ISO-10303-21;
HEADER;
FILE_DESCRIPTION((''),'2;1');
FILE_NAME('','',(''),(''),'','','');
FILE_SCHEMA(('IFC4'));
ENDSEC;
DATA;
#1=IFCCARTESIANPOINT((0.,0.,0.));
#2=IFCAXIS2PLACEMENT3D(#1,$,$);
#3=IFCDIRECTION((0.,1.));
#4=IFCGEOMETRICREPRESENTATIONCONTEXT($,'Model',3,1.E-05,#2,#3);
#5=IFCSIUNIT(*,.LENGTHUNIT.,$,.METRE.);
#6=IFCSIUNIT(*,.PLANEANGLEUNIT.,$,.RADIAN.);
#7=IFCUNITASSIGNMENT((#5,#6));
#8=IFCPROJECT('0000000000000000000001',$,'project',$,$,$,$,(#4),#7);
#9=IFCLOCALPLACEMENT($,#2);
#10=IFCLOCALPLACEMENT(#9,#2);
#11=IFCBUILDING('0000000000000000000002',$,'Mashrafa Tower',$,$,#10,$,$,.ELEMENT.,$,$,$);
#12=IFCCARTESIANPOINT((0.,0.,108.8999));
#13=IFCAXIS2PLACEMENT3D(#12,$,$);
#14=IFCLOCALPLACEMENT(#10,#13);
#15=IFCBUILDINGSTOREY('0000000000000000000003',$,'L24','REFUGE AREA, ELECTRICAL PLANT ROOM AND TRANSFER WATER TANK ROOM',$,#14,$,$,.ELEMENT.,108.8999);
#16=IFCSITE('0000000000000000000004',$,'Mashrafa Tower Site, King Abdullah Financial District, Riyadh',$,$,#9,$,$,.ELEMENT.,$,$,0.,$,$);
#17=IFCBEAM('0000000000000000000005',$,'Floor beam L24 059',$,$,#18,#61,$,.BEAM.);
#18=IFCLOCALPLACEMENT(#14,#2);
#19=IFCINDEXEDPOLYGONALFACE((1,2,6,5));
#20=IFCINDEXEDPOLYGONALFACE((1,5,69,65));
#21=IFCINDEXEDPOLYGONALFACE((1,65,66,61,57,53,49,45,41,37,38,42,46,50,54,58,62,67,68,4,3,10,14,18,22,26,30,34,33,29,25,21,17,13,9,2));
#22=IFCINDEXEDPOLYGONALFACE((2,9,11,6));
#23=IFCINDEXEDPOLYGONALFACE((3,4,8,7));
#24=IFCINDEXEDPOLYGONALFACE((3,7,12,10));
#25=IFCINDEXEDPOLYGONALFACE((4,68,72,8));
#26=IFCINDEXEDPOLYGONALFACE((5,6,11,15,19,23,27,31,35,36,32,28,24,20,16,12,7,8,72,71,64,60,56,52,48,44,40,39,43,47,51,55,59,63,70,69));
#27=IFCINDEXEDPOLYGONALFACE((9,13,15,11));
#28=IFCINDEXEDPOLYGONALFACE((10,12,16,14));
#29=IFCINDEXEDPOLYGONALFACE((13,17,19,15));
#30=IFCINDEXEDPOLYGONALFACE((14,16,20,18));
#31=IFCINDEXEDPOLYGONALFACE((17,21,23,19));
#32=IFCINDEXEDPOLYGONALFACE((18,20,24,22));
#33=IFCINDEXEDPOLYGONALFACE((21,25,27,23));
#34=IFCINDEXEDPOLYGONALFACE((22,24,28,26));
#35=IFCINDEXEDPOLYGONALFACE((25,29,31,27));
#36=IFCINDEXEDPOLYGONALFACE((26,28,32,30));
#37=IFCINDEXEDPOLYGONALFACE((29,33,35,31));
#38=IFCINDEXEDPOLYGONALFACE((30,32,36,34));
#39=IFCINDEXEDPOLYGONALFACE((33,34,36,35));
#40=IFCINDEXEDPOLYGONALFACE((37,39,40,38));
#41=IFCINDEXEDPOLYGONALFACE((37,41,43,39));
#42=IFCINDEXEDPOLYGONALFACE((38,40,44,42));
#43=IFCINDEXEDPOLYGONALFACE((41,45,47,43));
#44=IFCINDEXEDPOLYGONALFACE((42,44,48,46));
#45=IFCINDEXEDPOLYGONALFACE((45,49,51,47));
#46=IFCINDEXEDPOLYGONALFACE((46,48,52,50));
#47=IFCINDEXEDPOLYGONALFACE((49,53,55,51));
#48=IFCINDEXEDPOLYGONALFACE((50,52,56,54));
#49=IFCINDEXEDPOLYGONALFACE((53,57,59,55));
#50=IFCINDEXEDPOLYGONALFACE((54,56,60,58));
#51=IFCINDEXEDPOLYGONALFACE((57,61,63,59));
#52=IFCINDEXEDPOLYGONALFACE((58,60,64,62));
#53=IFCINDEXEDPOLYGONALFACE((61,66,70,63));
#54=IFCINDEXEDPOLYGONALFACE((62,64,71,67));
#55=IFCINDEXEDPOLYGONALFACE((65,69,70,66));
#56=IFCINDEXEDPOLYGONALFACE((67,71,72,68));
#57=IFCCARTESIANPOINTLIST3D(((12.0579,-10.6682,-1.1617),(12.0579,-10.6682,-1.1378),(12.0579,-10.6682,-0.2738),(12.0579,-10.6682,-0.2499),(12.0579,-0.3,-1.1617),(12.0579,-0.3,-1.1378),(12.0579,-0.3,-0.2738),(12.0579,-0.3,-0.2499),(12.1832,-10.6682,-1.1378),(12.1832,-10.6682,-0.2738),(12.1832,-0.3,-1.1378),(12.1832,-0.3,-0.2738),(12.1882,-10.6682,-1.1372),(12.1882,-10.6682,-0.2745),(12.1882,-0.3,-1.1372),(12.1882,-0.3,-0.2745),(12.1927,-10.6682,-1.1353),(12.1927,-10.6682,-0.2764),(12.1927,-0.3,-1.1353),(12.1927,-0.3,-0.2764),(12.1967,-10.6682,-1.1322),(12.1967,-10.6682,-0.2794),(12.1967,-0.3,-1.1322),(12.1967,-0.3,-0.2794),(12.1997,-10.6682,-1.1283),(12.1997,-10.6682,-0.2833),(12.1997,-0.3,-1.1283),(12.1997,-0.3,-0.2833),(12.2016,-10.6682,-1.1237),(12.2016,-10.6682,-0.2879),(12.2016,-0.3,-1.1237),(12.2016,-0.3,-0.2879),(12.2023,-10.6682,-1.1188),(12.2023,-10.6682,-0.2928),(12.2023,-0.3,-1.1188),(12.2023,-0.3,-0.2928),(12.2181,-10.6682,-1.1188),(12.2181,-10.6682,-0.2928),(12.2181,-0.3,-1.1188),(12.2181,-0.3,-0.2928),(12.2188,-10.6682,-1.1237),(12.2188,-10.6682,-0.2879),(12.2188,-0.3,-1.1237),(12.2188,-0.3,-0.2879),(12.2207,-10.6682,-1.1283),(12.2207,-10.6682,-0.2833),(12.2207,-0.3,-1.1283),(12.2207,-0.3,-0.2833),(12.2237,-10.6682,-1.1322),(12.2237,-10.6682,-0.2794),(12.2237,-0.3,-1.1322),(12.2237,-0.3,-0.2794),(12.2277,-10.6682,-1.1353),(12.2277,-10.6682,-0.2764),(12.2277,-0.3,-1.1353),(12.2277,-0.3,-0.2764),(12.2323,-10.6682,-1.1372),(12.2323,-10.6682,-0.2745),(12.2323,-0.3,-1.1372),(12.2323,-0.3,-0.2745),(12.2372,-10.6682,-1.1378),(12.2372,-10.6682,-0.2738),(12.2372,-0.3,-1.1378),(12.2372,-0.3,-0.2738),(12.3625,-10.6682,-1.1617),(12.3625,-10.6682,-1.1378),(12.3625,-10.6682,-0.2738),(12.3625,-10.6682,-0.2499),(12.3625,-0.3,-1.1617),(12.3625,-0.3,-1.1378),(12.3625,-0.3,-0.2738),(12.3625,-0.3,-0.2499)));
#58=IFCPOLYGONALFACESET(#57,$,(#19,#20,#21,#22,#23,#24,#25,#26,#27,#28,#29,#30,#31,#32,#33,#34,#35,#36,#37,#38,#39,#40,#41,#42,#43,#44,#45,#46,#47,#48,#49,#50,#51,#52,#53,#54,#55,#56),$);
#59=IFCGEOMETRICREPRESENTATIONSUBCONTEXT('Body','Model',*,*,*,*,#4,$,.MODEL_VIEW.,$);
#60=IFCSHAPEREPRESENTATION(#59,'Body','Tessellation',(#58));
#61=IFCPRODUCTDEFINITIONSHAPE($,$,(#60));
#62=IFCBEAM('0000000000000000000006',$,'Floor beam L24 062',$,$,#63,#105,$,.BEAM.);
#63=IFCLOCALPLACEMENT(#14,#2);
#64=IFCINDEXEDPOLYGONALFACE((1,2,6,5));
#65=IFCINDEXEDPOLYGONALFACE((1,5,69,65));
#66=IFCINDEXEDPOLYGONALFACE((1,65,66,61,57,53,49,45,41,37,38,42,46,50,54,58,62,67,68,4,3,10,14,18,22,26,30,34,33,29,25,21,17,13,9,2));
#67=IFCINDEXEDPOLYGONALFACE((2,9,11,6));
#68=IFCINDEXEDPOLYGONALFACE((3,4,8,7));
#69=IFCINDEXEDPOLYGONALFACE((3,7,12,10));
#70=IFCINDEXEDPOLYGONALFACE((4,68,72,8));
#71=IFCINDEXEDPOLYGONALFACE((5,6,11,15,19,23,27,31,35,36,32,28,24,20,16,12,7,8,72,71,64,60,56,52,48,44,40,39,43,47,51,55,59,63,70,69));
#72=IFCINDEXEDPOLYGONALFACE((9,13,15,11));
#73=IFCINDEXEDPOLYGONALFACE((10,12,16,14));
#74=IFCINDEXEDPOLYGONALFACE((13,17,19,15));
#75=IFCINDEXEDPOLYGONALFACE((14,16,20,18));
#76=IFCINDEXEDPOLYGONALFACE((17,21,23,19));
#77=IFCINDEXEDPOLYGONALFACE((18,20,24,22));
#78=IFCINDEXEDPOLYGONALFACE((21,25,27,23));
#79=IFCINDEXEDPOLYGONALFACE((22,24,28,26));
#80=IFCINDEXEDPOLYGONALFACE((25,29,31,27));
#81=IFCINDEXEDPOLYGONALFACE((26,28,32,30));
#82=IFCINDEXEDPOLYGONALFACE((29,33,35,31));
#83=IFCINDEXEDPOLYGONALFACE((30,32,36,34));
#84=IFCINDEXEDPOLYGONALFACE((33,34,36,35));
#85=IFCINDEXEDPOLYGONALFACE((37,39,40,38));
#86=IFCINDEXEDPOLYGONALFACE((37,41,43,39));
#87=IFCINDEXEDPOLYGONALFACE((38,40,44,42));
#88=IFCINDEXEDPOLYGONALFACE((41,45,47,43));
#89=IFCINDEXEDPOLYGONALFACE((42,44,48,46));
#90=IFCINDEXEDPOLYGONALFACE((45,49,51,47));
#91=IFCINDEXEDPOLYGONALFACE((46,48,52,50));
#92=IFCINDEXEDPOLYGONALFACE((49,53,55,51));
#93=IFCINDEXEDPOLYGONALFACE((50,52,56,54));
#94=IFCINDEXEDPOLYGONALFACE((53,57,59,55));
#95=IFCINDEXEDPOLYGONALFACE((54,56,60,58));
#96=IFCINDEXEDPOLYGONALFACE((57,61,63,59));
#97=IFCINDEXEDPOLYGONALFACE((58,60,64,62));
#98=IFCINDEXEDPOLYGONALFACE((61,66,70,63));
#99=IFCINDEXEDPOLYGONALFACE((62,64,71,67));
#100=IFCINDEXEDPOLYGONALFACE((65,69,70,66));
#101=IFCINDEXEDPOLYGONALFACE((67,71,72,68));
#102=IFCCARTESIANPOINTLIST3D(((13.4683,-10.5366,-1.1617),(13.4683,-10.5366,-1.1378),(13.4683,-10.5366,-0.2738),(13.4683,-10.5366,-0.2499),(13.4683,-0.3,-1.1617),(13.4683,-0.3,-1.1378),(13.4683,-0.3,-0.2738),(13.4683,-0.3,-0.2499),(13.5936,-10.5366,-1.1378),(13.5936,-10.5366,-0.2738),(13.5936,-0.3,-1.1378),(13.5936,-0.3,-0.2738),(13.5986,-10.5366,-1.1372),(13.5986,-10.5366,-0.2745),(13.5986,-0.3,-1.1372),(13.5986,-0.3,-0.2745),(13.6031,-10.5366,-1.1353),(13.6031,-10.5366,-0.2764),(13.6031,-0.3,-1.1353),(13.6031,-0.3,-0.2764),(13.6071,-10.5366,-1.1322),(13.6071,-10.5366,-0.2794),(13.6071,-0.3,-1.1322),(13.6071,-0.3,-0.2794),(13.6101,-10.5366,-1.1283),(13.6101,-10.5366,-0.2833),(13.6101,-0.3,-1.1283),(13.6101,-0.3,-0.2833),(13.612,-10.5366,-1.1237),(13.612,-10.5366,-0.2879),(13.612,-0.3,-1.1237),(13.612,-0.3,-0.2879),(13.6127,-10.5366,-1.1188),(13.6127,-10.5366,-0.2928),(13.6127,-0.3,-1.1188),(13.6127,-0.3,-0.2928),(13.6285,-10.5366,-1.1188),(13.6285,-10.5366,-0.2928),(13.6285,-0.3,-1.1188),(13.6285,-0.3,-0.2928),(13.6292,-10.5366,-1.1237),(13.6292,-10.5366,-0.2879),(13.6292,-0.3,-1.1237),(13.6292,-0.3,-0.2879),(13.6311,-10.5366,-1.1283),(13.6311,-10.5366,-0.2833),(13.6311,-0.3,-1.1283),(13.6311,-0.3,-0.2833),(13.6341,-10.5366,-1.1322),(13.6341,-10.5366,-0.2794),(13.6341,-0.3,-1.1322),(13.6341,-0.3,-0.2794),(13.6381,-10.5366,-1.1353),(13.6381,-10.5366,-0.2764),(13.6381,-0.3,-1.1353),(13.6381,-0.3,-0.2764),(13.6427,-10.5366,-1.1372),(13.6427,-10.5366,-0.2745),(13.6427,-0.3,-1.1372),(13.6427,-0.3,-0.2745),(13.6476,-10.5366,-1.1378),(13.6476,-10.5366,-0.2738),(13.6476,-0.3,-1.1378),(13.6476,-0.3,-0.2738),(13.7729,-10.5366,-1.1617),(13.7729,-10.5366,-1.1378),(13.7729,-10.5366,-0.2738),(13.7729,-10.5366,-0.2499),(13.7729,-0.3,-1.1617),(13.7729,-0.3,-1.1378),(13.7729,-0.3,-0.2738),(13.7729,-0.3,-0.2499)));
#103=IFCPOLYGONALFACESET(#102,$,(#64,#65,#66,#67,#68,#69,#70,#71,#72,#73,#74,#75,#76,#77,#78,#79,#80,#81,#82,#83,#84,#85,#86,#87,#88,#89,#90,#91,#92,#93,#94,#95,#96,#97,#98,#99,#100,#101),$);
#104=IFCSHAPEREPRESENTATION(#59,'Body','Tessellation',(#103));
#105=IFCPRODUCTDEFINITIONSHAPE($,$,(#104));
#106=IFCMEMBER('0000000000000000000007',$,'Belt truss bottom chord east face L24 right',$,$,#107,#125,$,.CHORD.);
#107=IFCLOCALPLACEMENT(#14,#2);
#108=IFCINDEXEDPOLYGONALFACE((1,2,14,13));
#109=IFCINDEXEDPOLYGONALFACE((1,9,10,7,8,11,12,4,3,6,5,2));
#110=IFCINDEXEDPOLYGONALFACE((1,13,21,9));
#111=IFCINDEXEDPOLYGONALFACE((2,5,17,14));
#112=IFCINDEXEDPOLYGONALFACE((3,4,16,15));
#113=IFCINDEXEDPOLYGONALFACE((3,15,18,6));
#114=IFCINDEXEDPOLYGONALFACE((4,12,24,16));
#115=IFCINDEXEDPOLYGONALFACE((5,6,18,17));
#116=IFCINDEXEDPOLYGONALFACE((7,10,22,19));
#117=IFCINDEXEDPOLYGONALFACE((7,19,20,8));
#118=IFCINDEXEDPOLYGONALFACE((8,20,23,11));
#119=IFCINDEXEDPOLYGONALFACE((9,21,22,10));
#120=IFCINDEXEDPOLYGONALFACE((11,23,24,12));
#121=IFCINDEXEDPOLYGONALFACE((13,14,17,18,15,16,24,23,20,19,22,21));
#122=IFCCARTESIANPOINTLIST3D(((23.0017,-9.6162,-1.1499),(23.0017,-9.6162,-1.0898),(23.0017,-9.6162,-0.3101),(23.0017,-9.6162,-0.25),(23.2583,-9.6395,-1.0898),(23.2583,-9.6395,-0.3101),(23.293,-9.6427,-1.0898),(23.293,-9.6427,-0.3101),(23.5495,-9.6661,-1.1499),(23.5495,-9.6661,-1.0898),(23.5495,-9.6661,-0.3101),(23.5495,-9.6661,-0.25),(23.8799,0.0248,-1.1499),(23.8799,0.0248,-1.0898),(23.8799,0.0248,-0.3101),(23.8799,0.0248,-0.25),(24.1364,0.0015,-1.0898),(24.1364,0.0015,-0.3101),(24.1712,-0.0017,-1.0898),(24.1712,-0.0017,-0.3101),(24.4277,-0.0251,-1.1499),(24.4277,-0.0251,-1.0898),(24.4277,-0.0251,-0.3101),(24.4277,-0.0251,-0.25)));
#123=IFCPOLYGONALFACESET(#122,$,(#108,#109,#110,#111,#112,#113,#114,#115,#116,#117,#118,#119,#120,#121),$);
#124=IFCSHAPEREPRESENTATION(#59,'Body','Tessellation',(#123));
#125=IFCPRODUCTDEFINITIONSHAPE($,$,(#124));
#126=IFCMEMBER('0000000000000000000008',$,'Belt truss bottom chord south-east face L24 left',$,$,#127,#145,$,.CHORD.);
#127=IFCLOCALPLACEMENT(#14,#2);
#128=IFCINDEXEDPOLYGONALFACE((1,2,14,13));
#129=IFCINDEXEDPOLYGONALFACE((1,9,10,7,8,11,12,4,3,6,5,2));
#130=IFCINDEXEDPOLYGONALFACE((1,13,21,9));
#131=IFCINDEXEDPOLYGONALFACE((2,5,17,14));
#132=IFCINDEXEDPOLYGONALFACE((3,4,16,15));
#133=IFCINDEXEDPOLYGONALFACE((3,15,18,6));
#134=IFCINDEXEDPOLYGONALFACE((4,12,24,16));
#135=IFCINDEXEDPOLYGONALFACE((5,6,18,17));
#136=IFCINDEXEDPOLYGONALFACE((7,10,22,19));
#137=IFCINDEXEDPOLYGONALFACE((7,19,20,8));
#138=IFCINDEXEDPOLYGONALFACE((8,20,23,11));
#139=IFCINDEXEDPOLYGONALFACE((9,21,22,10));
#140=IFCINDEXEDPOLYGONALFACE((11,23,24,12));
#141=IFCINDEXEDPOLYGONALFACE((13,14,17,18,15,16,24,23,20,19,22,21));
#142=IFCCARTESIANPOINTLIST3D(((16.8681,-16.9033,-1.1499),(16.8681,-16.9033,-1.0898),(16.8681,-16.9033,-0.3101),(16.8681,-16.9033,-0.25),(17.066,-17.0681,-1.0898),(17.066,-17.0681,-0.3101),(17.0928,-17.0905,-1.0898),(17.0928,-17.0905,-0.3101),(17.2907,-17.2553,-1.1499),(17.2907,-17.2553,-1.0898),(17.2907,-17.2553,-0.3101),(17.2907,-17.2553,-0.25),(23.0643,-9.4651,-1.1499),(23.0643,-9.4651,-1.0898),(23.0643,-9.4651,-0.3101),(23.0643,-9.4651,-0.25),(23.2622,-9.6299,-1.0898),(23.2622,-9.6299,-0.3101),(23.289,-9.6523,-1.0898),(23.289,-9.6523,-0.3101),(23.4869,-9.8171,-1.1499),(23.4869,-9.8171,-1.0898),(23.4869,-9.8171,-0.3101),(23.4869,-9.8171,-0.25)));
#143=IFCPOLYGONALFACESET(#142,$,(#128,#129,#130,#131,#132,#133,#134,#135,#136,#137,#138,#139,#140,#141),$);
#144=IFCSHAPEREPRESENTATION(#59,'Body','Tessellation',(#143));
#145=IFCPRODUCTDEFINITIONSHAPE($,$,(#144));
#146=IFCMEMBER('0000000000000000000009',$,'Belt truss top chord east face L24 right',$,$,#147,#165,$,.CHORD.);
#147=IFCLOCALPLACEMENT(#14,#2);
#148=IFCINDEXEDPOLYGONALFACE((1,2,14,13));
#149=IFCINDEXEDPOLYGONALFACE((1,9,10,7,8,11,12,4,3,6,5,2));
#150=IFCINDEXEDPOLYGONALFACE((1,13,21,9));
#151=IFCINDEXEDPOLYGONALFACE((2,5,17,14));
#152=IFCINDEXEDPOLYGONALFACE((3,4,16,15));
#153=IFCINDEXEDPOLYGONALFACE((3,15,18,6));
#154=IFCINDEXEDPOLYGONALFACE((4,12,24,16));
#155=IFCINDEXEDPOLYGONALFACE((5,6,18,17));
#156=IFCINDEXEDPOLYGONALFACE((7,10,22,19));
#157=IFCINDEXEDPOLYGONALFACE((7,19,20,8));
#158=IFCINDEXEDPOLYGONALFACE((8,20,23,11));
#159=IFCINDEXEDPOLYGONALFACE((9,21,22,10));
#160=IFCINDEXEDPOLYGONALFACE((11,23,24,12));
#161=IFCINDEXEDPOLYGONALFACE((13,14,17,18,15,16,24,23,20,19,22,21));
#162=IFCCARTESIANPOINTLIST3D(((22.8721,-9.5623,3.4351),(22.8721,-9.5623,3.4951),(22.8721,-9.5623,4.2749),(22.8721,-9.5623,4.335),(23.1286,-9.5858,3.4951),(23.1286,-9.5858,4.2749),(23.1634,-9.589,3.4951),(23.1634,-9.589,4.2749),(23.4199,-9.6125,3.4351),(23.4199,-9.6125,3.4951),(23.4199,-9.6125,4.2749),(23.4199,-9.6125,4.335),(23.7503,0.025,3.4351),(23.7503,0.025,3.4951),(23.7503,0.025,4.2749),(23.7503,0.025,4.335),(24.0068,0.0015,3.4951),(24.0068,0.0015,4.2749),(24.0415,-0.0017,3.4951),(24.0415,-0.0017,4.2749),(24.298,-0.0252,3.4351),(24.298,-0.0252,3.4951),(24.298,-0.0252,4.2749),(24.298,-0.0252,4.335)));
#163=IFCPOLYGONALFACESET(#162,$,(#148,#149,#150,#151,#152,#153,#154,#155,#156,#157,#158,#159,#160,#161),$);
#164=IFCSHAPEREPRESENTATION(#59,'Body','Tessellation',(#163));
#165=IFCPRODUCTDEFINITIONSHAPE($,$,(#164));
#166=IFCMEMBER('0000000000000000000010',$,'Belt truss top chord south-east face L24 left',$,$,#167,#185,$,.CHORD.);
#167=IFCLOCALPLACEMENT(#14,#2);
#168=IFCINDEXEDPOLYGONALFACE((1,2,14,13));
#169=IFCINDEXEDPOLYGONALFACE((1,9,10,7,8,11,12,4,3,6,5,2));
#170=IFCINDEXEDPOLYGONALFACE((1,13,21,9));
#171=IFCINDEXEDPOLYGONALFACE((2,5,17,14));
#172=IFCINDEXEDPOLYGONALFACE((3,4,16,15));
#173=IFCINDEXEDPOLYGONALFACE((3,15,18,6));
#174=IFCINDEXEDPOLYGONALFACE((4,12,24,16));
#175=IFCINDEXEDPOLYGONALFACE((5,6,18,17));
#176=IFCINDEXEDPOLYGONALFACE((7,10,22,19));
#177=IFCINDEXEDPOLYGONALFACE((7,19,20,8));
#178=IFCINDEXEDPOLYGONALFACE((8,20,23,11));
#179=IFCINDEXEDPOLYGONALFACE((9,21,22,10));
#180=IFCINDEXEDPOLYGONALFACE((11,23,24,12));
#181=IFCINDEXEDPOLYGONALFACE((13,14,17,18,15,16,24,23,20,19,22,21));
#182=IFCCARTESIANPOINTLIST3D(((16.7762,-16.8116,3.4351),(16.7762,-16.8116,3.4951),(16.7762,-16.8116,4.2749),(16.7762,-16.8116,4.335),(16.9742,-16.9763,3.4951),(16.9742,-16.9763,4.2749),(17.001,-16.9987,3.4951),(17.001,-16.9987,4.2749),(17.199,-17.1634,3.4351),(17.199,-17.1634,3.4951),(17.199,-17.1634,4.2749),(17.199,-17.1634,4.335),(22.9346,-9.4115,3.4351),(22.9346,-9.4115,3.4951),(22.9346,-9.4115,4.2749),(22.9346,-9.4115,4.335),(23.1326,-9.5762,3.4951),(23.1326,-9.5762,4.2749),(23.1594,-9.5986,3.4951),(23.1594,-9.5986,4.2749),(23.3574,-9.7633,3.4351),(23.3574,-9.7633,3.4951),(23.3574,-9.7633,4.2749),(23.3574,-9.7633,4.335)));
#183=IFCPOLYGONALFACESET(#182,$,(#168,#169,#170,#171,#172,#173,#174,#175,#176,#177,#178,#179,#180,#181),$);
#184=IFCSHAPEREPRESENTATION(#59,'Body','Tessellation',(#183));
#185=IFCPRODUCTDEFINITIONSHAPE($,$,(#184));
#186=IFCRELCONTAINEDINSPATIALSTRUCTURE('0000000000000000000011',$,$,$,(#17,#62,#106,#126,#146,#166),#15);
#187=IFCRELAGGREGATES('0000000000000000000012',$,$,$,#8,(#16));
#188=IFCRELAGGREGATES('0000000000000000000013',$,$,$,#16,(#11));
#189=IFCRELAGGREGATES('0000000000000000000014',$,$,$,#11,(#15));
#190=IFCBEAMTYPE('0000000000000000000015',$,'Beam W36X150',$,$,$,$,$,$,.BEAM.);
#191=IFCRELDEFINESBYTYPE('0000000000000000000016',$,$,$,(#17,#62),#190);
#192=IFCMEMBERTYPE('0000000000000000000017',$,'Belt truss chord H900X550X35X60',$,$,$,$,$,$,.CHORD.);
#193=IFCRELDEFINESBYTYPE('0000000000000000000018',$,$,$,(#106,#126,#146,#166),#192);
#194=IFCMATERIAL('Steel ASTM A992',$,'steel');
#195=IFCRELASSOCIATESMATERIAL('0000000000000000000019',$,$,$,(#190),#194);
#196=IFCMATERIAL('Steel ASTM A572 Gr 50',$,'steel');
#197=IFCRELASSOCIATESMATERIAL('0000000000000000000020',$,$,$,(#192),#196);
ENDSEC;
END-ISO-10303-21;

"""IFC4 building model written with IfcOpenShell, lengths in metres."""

from ifc_helpers import new_model, si_unit, direction, frame, origin, origin_2d, place, context, subcontext, project, spatial, i_section, extrude, source, transform, mapped, material, material_profile, profile_set, type_object, type_shapes, element, save


model = new_model("IFC4")

# Units and contexts
model_context = context("Model", 3, precision=1e-05, world=origin(), true_north=direction((0.0, 1.0)))
body_context = subcontext(model_context, "Body", "Model", "MODEL_VIEW")
ifc_project = project(units=[si_unit("LENGTHUNIT", "METRE"), si_unit("PLANEANGLEUNIT", "RADIAN")], contexts=[model_context])

# Site, building, storey
site_placement = place(None, origin())
site = spatial("IfcSite", under=ifc_project, at=site_placement, Name="Mashrafa Tower Site, King Abdullah Financial District, Riyadh", CompositionType="ELEMENT", RefElevation=0.0)
building_placement = place(site_placement, origin())
building = spatial("IfcBuilding", under=site, at=building_placement, Name="Mashrafa Tower", CompositionType="ELEMENT")
storey_placement = place(building_placement, frame((0.0, 0.0, 108.8999)))
storey = spatial("IfcBuildingStorey", under=building, at=storey_placement, Name="L24", Description="REFUGE AREA, ELECTRICAL PLANT ROOM AND TRANSFER WATER TANK ROOM", CompositionType="ELEMENT", Elevation=108.8999)

# Beams
ifc_material_1 = material(Name="Steel ASTM A992", Category="steel")
ifc_material_profile_1 = material_profile(ifc_material_1, i_section(OverallWidth=0.3047, OverallDepth=0.9119, WebThickness=0.0159, FlangeThickness=0.0239, FilletRadius=0.019, at=origin_2d()), Name="W36X150")
ifc_profile_set_1 = profile_set([ifc_material_profile_1], Name="Steel ASTM A992")
beam_type_1 = type_object("IfcBeamType", Name="Beam W36X150", PredefinedType="BEAM", material=ifc_profile_set_1)
beam_1_placement = place(storey_placement, frame((12.2102, -0.3, -0.7058), z_axis=(0.0, -1.0, 0.0), x_axis=(1.0, 0.0, 0.0)))
element("IfcBeam", 1, at=beam_1_placement, inside=storey, type_object=beam_type_1, Name="Floor beam L24 059", PredefinedType="BEAM", context=body_context, shape_type="SweptSolid", body=[
    extrude(i_section(OverallWidth=0.3047, OverallDepth=0.9119, WebThickness=0.0159, FlangeThickness=0.0239, FilletRadius=0.019, at=origin_2d()), origin(), (0.0, 0.0, 1.0), 10.3682),
])
beam_2_placement = place(storey_placement, frame((13.6206, -0.3, -0.7058), z_axis=(0.0, -1.0, 0.0), x_axis=(1.0, 0.0, 0.0)))
element("IfcBeam", 2, at=beam_2_placement, inside=storey, type_object=beam_type_1, Name="Floor beam L24 062", PredefinedType="BEAM", context=body_context, shape_type="SweptSolid", body=[
    extrude(i_section(OverallWidth=0.3047, OverallDepth=0.9119, WebThickness=0.0159, FlangeThickness=0.0239, FilletRadius=0.019, at=origin_2d()), origin(), (0.0, 0.0, 1.0), 10.2366),
])

# Members
ifc_material_2 = material(Name="Steel ASTM A572 Gr 50", Category="steel")
ifc_material_profile_2 = material_profile(ifc_material_2, i_section(OverallWidth=0.55, OverallDepth=0.8999, WebThickness=0.0349, FlangeThickness=0.0601, at=origin_2d()), Name="H900X550X35X60")
ifc_profile_set_2 = profile_set([ifc_material_profile_2], Name="Steel ASTM A572 Gr 50")
member_type_1 = type_object("IfcMemberType", Name="Belt truss chord H900X550X35X60", PredefinedType="CHORD", material=ifc_profile_set_2)
shared_shape_1 = source(origin(), body_context, "Body", "SweptSolid", [
    extrude(i_section(OverallWidth=0.55, OverallDepth=0.8999, WebThickness=0.0349, FlangeThickness=0.0601, at=origin_2d()), origin(), (0.0, 0.0, 1.0), 9.6809),
])
for number, where, z_axis, x_axis, name in (
    (3, (23.2756, -9.6411, -0.7), (0.090711, 0.995877, 0.0), (-0.995877, 0.090711, 0.0), "Belt truss bottom chord east face L24 right"),
    (4, (23.2756, -9.6411, -0.7), (-0.640048, -0.768335, 0.0), (0.768335, -0.640048, 0.0), "Belt truss bottom chord south-east face L24 left"),
):
    element("IfcMember", number, at=place(storey_placement, frame(where, z_axis=z_axis, x_axis=x_axis)), inside=storey, type_object=member_type_1, Name=name, PredefinedType="CHORD", context=body_context, shape_type="MappedRepresentation", body=[
        mapped(shared_shape_1, transform((0.0, 0.0, 0.0))),
    ])
shared_shape_2 = source(origin(), body_context, "Body", "SweptSolid", [
    extrude(i_section(OverallWidth=0.55, OverallDepth=0.8999, WebThickness=0.0349, FlangeThickness=0.0601, at=origin_2d()), origin(), (0.0, 0.0, 1.0), 9.6274),
])
type_shapes(member_type_1, [shared_shape_1, shared_shape_2])
for number, where, z_axis, x_axis, name in (
    (5, (23.146, -9.5874, 3.885), (0.091215, 0.995831, 0.0), (-0.995831, 0.091215, 0.0), "Belt truss top chord east face L24 right"),
    (6, (23.146, -9.5874, 3.885), (-0.639673, -0.768647, 0.0), (0.768647, -0.639673, 0.0), "Belt truss top chord south-east face L24 left"),
):
    element("IfcMember", number, at=place(storey_placement, frame(where, z_axis=z_axis, x_axis=x_axis)), inside=storey, type_object=member_type_1, Name=name, PredefinedType="CHORD", context=body_context, shape_type="MappedRepresentation", body=[
        mapped(shared_shape_2, transform((0.0, 0.0, 0.0))),
    ])

save(model, "model.ifc")
